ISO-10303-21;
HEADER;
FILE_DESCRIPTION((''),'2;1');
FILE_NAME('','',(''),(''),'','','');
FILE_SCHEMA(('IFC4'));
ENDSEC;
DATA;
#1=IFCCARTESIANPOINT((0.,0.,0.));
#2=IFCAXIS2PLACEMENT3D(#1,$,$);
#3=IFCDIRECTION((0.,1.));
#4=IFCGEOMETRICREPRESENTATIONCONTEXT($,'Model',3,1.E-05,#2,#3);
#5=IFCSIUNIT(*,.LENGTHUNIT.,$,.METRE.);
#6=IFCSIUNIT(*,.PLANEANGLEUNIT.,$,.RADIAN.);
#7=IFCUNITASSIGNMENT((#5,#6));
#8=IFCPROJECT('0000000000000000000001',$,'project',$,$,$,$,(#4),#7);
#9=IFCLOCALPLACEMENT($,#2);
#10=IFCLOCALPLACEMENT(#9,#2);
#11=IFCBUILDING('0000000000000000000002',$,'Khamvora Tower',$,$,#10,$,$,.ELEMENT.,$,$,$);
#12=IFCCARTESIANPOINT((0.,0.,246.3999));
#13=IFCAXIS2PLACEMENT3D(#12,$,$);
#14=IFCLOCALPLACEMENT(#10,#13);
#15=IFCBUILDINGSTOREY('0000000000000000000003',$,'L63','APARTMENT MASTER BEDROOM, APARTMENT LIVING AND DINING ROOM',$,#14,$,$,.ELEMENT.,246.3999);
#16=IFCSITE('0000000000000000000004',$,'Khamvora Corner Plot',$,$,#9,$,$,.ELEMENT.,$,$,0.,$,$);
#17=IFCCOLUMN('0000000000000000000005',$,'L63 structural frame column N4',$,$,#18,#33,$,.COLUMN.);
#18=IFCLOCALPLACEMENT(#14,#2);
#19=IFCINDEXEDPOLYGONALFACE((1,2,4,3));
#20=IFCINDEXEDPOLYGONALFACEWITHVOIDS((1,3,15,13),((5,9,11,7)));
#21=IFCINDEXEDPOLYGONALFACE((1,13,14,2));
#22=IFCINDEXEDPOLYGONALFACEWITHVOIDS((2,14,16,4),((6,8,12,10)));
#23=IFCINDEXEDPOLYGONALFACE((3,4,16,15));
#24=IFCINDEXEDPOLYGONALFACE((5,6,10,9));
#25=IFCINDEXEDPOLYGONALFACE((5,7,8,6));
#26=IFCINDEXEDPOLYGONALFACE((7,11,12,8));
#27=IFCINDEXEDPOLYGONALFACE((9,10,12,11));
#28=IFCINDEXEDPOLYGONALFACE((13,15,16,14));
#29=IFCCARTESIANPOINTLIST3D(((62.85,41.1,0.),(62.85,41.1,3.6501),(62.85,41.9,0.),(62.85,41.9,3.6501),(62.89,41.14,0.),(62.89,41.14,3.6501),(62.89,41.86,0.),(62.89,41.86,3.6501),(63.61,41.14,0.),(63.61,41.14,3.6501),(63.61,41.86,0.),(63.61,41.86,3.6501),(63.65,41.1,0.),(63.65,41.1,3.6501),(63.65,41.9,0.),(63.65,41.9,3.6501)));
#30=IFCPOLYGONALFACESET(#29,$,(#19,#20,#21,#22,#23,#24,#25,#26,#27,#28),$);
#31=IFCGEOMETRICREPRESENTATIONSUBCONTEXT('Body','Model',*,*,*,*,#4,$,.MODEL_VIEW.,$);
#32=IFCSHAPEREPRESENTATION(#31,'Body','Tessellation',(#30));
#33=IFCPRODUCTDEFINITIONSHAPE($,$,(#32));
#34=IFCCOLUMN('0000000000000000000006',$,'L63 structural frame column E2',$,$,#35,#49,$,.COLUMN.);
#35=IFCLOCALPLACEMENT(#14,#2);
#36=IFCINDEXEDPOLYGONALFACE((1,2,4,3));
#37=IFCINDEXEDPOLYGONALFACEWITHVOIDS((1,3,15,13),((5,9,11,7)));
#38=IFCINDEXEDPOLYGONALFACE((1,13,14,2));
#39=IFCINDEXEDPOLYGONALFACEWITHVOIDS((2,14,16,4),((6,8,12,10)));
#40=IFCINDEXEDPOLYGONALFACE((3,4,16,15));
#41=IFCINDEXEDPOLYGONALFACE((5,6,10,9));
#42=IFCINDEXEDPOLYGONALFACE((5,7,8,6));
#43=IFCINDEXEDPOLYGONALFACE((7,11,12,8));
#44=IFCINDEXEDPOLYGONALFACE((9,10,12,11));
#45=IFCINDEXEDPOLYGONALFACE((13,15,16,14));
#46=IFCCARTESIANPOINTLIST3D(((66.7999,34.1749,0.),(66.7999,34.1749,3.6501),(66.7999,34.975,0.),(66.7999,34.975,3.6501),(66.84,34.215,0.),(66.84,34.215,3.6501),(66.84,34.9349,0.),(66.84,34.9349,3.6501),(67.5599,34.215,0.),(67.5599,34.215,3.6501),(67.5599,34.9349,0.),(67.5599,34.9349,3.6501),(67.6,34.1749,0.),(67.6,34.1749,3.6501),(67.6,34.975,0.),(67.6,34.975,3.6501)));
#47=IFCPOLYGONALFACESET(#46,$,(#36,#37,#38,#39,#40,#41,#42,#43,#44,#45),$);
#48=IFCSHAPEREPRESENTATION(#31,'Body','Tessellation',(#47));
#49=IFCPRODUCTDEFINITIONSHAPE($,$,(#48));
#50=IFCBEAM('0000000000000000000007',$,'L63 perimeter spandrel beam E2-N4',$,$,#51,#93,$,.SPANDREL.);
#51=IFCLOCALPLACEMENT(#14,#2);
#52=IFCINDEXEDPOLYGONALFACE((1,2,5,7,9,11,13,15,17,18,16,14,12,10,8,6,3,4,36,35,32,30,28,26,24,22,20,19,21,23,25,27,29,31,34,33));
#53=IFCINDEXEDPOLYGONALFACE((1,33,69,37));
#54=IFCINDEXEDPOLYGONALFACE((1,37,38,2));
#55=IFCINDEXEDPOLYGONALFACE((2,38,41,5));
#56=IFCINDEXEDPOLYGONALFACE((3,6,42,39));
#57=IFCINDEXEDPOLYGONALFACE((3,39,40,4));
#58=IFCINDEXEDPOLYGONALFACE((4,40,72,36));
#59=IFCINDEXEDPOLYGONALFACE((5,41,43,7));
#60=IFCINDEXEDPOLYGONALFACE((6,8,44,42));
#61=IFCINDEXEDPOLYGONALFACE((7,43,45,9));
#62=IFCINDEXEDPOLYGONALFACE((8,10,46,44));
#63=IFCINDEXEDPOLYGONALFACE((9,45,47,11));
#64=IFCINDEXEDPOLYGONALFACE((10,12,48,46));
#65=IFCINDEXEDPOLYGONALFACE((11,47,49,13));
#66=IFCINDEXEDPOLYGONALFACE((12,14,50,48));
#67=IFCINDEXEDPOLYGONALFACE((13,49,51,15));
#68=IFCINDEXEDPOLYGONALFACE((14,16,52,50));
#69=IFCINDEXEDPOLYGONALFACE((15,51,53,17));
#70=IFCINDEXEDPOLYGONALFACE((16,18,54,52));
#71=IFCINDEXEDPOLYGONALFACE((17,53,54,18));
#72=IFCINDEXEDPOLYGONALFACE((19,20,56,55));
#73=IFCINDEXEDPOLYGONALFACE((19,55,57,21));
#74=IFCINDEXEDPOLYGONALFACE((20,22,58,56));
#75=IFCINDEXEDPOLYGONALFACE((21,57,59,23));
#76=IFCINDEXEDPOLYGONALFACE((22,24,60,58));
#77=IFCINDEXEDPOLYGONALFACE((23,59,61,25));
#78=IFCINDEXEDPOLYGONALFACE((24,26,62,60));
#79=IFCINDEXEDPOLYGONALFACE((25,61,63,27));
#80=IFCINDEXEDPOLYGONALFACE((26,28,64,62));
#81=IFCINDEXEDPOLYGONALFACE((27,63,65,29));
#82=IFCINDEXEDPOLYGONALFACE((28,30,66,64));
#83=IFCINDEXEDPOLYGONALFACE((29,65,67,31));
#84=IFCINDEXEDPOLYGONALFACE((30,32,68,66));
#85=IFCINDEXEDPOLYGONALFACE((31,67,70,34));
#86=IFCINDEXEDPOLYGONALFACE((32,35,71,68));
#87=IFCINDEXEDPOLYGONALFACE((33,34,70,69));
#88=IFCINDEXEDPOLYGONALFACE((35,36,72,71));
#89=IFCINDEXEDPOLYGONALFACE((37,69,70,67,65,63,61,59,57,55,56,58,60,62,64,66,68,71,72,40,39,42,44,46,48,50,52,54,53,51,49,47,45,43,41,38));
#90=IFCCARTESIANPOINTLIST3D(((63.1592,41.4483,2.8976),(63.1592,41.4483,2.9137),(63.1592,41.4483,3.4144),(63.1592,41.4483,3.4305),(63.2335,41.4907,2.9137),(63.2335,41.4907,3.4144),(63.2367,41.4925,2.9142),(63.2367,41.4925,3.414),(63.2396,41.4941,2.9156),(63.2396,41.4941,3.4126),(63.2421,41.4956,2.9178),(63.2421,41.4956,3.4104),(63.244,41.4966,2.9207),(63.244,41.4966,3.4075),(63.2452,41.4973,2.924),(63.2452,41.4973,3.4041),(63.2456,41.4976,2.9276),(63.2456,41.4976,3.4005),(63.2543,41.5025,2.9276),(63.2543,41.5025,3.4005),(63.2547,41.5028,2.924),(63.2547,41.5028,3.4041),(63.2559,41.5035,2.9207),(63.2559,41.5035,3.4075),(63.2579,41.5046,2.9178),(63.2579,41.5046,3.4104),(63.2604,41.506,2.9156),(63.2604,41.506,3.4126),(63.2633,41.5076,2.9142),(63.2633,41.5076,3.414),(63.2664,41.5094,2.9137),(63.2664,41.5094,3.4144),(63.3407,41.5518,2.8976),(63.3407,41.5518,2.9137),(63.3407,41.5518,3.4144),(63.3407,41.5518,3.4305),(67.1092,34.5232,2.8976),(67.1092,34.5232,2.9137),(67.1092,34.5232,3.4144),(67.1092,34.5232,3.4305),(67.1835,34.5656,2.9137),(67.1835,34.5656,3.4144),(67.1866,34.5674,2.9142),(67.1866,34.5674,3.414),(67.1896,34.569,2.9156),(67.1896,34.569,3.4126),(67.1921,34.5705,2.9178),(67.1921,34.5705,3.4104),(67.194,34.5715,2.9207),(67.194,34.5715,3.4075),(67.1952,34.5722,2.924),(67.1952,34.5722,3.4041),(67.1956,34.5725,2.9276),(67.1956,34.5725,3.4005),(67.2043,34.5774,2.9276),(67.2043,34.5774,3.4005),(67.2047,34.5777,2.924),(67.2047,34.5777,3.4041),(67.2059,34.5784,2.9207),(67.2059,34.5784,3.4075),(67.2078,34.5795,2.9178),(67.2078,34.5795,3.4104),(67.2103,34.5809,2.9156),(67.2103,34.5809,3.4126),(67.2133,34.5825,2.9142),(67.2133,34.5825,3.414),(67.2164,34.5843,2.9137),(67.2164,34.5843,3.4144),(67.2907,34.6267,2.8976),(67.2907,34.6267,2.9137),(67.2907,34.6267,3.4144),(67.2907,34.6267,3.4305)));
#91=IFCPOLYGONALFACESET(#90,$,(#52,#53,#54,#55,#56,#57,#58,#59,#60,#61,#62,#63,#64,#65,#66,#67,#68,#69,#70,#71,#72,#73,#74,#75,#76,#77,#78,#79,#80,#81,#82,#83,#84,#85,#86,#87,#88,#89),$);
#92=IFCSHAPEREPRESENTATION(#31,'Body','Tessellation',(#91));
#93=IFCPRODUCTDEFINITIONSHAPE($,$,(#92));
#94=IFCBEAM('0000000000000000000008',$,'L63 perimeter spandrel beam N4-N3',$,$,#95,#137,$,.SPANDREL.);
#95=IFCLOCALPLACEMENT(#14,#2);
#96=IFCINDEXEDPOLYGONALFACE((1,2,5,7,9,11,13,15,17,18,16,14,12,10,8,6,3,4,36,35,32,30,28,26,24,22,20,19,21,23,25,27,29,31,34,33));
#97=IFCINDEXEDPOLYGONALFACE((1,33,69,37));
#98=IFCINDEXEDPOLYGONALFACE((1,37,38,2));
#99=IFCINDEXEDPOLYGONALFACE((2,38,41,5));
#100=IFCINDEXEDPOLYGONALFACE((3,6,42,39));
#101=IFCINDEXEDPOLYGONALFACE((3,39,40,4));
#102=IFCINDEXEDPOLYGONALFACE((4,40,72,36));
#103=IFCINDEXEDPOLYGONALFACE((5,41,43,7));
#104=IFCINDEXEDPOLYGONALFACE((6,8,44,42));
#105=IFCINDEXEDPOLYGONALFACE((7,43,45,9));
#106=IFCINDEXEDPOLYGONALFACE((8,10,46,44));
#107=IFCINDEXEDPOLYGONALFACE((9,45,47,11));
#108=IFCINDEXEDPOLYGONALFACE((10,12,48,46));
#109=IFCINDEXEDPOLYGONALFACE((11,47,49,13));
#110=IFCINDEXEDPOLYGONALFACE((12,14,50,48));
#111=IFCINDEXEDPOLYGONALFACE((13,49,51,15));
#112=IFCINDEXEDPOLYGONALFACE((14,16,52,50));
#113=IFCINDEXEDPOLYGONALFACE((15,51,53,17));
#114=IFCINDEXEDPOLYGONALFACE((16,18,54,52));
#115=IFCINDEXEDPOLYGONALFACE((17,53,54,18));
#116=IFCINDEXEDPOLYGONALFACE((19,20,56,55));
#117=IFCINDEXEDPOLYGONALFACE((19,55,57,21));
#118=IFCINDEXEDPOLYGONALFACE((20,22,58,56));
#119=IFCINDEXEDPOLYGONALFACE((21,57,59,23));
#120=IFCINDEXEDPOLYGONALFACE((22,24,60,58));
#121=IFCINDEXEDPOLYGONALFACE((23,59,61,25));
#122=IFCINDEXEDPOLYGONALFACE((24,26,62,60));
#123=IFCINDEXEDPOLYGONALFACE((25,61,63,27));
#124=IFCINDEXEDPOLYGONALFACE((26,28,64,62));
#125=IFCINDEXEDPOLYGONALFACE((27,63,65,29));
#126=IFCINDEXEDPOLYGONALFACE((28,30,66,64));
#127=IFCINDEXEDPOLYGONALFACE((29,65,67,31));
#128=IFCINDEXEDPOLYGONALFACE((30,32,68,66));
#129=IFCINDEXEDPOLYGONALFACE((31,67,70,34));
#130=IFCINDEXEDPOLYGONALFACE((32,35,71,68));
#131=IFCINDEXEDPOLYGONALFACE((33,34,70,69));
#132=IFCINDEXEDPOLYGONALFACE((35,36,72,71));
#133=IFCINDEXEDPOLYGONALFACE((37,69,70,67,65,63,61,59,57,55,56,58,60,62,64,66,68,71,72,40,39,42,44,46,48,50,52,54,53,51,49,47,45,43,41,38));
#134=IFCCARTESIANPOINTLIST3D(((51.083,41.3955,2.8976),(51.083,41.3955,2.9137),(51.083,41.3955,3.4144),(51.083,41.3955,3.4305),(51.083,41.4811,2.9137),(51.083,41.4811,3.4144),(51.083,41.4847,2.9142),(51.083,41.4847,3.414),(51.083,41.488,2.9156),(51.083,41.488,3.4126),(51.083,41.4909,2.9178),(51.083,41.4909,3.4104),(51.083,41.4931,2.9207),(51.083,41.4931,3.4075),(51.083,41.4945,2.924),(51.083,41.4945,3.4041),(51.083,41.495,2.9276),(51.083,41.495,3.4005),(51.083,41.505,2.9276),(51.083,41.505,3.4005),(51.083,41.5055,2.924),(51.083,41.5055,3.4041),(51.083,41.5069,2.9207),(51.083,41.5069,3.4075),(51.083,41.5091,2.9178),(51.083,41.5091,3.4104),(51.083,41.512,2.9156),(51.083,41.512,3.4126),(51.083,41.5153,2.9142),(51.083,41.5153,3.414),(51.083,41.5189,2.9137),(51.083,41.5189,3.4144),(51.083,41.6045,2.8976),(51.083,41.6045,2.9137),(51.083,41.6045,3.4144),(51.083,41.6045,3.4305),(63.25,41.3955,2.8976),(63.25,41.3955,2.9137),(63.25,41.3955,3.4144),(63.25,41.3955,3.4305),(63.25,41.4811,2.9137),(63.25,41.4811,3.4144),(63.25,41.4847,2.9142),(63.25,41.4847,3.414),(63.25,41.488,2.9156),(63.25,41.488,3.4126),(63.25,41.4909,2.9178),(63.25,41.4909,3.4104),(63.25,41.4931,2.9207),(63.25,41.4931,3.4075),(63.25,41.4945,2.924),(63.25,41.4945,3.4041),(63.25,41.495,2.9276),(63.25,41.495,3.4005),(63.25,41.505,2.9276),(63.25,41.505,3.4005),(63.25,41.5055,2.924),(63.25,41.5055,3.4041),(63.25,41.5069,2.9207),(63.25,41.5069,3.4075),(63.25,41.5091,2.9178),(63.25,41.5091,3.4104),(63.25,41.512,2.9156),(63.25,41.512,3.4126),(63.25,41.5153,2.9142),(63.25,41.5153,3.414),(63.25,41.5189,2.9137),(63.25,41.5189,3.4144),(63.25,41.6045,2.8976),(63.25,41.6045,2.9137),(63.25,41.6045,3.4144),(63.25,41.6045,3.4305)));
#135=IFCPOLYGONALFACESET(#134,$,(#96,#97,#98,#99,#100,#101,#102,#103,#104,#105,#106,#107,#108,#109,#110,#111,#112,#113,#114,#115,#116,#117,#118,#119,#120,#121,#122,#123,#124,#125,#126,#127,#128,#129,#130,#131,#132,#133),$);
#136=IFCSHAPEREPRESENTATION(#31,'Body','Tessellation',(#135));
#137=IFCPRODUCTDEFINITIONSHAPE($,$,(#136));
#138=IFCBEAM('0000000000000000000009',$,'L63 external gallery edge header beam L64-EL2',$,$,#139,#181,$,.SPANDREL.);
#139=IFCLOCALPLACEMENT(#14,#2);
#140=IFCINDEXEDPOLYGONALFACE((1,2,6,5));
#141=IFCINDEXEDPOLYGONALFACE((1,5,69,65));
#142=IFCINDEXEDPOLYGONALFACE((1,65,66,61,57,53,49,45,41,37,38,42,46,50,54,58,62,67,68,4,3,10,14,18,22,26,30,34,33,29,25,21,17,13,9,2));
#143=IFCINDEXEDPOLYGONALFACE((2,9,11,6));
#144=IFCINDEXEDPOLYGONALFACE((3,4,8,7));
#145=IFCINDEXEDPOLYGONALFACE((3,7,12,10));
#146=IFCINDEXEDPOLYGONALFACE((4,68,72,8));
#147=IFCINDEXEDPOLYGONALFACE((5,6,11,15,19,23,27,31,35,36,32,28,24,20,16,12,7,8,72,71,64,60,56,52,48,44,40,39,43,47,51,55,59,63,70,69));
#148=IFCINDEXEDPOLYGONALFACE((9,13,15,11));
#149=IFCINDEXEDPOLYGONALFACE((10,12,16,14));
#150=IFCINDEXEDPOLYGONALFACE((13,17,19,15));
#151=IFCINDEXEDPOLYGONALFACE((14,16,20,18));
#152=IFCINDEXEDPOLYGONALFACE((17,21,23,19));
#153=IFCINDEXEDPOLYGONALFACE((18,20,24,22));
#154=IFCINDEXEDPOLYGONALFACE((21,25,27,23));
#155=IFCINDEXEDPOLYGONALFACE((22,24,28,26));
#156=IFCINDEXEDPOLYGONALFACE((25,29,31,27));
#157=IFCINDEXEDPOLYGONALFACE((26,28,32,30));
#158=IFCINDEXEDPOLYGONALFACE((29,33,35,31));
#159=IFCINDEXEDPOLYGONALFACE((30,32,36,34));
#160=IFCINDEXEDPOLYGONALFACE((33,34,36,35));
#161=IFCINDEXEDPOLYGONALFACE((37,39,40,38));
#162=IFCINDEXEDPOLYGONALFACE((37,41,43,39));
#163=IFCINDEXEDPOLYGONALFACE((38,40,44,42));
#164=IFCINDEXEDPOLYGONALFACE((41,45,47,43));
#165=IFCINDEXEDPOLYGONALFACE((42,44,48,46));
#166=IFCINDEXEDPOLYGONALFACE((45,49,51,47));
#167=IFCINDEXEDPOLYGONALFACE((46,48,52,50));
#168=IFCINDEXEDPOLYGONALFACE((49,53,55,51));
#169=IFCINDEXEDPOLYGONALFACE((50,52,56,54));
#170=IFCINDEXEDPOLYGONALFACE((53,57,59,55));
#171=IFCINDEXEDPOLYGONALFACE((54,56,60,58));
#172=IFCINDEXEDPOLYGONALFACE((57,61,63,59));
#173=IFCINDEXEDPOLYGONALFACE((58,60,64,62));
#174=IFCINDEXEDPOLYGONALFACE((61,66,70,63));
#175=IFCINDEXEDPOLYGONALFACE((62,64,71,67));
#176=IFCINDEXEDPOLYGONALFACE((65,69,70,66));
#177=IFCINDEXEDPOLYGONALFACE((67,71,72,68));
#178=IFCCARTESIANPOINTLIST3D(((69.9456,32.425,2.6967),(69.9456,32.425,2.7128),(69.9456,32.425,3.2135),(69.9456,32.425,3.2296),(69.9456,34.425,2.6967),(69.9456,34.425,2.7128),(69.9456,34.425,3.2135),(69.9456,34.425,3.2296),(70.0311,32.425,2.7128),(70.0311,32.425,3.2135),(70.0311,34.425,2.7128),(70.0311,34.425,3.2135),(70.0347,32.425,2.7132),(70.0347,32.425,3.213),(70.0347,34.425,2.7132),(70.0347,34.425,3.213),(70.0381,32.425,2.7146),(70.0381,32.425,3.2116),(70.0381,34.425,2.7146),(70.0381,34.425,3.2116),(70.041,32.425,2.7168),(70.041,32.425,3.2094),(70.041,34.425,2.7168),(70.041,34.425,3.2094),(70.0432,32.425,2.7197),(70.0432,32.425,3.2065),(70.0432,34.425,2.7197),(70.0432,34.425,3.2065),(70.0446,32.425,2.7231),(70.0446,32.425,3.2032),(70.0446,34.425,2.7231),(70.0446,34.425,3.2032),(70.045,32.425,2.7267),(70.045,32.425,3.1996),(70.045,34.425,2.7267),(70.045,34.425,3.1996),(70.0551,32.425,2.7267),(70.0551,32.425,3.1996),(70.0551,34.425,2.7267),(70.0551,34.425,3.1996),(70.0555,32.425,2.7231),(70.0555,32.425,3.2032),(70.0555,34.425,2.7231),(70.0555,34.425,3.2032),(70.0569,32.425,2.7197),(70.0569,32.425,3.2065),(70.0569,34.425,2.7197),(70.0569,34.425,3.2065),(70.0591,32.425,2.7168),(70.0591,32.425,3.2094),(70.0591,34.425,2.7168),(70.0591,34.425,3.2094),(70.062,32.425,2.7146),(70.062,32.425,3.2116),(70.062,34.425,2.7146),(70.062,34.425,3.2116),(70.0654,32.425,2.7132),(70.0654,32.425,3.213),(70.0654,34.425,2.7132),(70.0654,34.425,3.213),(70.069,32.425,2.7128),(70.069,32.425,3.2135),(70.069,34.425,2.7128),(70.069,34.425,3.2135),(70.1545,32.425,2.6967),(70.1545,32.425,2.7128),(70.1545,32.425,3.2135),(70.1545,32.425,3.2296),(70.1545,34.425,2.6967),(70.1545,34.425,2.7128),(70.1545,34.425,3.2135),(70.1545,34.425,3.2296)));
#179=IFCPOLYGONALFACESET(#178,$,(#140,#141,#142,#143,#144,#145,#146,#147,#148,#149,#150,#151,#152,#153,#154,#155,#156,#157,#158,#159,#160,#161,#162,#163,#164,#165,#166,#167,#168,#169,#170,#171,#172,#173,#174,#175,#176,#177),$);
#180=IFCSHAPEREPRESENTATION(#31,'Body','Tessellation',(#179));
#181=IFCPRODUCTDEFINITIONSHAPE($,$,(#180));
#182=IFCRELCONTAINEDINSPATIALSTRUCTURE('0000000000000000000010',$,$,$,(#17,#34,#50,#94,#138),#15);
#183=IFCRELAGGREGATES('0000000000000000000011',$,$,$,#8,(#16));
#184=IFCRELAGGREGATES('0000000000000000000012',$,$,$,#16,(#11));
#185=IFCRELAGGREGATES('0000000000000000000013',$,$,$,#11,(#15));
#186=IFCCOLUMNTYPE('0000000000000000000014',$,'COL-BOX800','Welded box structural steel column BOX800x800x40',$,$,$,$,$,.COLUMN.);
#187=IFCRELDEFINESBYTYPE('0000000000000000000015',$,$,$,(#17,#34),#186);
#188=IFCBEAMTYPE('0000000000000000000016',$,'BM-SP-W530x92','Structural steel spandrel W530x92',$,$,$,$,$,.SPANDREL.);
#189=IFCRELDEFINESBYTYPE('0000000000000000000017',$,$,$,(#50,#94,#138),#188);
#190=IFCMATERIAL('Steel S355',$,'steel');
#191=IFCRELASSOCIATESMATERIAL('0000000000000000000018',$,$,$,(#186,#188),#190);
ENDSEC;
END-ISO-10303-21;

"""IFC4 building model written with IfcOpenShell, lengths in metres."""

from ifc_helpers import new_model, si_unit, direction, frame, origin, origin_2d, place, context, subcontext, project, spatial, hollow_rectangle, i_section, extrude, material, material_profile, profile_set, type_object, element, save


model = new_model("IFC4")

# Units and contexts
model_context = context("Model", 3, precision=1e-05, world=origin(), true_north=direction((0.0, 1.0)))
body_context = subcontext(model_context, "Body", "Model", "MODEL_VIEW")
ifc_project = project(units=[si_unit("LENGTHUNIT", "METRE"), si_unit("PLANEANGLEUNIT", "RADIAN")], contexts=[model_context])

# Site, building, storey
site_placement = place(None, origin())
site = spatial("IfcSite", under=ifc_project, at=site_placement, Name="Khamvora Corner Plot", CompositionType="ELEMENT", RefElevation=0.0)
building_placement = place(site_placement, origin())
building = spatial("IfcBuilding", under=site, at=building_placement, Name="Khamvora Tower", CompositionType="ELEMENT")
storey_placement = place(building_placement, frame((0.0, 0.0, 246.3999)))
storey = spatial("IfcBuildingStorey", under=building, at=storey_placement, Name="L63", Description="APARTMENT MASTER BEDROOM, APARTMENT LIVING AND DINING ROOM", CompositionType="ELEMENT", Elevation=246.3999)

# Columns
ifc_material_1 = material(Name="Steel S355", Category="steel")
ifc_material_profile_1 = material_profile(ifc_material_1, hollow_rectangle(XDim=0.8, YDim=0.8, WallThickness=0.04, at=origin_2d()), Name="BOX800x800x40")
ifc_profile_set_1 = profile_set([ifc_material_profile_1], Name="Steel S355")
column_type = type_object("IfcColumnType", Name="COL-BOX800", Description="Welded box structural steel column BOX800x800x40", PredefinedType="COLUMN", material=ifc_profile_set_1)
for number, where, z_axis, x_axis, name in (
    (1, (63.25, 41.5, 0.0), (0.0, 0.0, 1.0), (1.0, 0.0, 0.0), "L63 structural frame column N4"),
    (2, (67.2, 34.575, 0.0), (0.0, 0.0, 1.0), (1.0, 0.0, 0.0), "L63 structural frame column E2"),
):
    element("IfcColumn", number, at=place(storey_placement, frame(where, z_axis=z_axis, x_axis=x_axis)), inside=storey, type_object=column_type, Name=name, PredefinedType="COLUMN", context=body_context, shape_type="SweptSolid", body=[
        extrude(hollow_rectangle(XDim=0.8, YDim=0.8, WallThickness=0.04, at=origin_2d()), origin(), (0.0, 0.0, 1.0), 3.6501),
    ])

# Beams
ifc_material_profile_2 = material_profile(ifc_material_1, i_section(OverallWidth=0.209, OverallDepth=0.533, WebThickness=0.01, FlangeThickness=0.0161, FilletRadius=0.0139, at=origin_2d()), Name="W530x92")
ifc_profile_set_2 = profile_set([ifc_material_profile_2], Name="Steel S355")
beam_type = type_object("IfcBeamType", Name="BM-SP-W530x92", Description="Structural steel spandrel W530x92", PredefinedType="SPANDREL", material=ifc_profile_set_2)
beam_1_placement = place(storey_placement, frame((67.2, 34.575, 3.1641), z_axis=(-0.495456, 0.868633, 0.0), x_axis=(-0.868633, -0.495456, 0.0)))
element("IfcBeam", 3, at=beam_1_placement, inside=storey, type_object=beam_type, Name="L63 perimeter spandrel beam E2-N4", PredefinedType="SPANDREL", context=body_context, shape_type="SweptSolid", body=[
    extrude(i_section(OverallWidth=0.209, OverallDepth=0.533, WebThickness=0.01, FlangeThickness=0.0161, FilletRadius=0.0139, at=origin_2d()), origin(), (0.0, 0.0, 1.0), 7.9724),
])
beam_2_placement = place(storey_placement, frame((63.25, 41.5, 3.1641), z_axis=(-1.0, 0.0, 0.0), x_axis=(0.0, -1.0, 0.0)))
element("IfcBeam", 4, at=beam_2_placement, inside=storey, type_object=beam_type, Name="L63 perimeter spandrel beam N4-N3", PredefinedType="SPANDREL", context=body_context, shape_type="SweptSolid", body=[
    extrude(i_section(OverallWidth=0.209, OverallDepth=0.533, WebThickness=0.01, FlangeThickness=0.0161, FilletRadius=0.0139, at=origin_2d()), origin(), (0.0, 0.0, 1.0), 12.167),
])
beam_3_placement = place(storey_placement, frame((70.05, 32.425, 2.9631), z_axis=(0.0, 1.0, 0.0), x_axis=(-1.0, 0.0, 0.0)))
element("IfcBeam", 5, at=beam_3_placement, inside=storey, type_object=beam_type, Name="L63 external gallery edge header beam L64-EL2", PredefinedType="SPANDREL", context=body_context, shape_type="SweptSolid", body=[
    extrude(i_section(OverallWidth=0.209, OverallDepth=0.533, WebThickness=0.01, FlangeThickness=0.0161, FilletRadius=0.0139, at=origin_2d()), origin(), (0.0, 0.0, 1.0), 2.0),
])

save(model, "model.ifc")
